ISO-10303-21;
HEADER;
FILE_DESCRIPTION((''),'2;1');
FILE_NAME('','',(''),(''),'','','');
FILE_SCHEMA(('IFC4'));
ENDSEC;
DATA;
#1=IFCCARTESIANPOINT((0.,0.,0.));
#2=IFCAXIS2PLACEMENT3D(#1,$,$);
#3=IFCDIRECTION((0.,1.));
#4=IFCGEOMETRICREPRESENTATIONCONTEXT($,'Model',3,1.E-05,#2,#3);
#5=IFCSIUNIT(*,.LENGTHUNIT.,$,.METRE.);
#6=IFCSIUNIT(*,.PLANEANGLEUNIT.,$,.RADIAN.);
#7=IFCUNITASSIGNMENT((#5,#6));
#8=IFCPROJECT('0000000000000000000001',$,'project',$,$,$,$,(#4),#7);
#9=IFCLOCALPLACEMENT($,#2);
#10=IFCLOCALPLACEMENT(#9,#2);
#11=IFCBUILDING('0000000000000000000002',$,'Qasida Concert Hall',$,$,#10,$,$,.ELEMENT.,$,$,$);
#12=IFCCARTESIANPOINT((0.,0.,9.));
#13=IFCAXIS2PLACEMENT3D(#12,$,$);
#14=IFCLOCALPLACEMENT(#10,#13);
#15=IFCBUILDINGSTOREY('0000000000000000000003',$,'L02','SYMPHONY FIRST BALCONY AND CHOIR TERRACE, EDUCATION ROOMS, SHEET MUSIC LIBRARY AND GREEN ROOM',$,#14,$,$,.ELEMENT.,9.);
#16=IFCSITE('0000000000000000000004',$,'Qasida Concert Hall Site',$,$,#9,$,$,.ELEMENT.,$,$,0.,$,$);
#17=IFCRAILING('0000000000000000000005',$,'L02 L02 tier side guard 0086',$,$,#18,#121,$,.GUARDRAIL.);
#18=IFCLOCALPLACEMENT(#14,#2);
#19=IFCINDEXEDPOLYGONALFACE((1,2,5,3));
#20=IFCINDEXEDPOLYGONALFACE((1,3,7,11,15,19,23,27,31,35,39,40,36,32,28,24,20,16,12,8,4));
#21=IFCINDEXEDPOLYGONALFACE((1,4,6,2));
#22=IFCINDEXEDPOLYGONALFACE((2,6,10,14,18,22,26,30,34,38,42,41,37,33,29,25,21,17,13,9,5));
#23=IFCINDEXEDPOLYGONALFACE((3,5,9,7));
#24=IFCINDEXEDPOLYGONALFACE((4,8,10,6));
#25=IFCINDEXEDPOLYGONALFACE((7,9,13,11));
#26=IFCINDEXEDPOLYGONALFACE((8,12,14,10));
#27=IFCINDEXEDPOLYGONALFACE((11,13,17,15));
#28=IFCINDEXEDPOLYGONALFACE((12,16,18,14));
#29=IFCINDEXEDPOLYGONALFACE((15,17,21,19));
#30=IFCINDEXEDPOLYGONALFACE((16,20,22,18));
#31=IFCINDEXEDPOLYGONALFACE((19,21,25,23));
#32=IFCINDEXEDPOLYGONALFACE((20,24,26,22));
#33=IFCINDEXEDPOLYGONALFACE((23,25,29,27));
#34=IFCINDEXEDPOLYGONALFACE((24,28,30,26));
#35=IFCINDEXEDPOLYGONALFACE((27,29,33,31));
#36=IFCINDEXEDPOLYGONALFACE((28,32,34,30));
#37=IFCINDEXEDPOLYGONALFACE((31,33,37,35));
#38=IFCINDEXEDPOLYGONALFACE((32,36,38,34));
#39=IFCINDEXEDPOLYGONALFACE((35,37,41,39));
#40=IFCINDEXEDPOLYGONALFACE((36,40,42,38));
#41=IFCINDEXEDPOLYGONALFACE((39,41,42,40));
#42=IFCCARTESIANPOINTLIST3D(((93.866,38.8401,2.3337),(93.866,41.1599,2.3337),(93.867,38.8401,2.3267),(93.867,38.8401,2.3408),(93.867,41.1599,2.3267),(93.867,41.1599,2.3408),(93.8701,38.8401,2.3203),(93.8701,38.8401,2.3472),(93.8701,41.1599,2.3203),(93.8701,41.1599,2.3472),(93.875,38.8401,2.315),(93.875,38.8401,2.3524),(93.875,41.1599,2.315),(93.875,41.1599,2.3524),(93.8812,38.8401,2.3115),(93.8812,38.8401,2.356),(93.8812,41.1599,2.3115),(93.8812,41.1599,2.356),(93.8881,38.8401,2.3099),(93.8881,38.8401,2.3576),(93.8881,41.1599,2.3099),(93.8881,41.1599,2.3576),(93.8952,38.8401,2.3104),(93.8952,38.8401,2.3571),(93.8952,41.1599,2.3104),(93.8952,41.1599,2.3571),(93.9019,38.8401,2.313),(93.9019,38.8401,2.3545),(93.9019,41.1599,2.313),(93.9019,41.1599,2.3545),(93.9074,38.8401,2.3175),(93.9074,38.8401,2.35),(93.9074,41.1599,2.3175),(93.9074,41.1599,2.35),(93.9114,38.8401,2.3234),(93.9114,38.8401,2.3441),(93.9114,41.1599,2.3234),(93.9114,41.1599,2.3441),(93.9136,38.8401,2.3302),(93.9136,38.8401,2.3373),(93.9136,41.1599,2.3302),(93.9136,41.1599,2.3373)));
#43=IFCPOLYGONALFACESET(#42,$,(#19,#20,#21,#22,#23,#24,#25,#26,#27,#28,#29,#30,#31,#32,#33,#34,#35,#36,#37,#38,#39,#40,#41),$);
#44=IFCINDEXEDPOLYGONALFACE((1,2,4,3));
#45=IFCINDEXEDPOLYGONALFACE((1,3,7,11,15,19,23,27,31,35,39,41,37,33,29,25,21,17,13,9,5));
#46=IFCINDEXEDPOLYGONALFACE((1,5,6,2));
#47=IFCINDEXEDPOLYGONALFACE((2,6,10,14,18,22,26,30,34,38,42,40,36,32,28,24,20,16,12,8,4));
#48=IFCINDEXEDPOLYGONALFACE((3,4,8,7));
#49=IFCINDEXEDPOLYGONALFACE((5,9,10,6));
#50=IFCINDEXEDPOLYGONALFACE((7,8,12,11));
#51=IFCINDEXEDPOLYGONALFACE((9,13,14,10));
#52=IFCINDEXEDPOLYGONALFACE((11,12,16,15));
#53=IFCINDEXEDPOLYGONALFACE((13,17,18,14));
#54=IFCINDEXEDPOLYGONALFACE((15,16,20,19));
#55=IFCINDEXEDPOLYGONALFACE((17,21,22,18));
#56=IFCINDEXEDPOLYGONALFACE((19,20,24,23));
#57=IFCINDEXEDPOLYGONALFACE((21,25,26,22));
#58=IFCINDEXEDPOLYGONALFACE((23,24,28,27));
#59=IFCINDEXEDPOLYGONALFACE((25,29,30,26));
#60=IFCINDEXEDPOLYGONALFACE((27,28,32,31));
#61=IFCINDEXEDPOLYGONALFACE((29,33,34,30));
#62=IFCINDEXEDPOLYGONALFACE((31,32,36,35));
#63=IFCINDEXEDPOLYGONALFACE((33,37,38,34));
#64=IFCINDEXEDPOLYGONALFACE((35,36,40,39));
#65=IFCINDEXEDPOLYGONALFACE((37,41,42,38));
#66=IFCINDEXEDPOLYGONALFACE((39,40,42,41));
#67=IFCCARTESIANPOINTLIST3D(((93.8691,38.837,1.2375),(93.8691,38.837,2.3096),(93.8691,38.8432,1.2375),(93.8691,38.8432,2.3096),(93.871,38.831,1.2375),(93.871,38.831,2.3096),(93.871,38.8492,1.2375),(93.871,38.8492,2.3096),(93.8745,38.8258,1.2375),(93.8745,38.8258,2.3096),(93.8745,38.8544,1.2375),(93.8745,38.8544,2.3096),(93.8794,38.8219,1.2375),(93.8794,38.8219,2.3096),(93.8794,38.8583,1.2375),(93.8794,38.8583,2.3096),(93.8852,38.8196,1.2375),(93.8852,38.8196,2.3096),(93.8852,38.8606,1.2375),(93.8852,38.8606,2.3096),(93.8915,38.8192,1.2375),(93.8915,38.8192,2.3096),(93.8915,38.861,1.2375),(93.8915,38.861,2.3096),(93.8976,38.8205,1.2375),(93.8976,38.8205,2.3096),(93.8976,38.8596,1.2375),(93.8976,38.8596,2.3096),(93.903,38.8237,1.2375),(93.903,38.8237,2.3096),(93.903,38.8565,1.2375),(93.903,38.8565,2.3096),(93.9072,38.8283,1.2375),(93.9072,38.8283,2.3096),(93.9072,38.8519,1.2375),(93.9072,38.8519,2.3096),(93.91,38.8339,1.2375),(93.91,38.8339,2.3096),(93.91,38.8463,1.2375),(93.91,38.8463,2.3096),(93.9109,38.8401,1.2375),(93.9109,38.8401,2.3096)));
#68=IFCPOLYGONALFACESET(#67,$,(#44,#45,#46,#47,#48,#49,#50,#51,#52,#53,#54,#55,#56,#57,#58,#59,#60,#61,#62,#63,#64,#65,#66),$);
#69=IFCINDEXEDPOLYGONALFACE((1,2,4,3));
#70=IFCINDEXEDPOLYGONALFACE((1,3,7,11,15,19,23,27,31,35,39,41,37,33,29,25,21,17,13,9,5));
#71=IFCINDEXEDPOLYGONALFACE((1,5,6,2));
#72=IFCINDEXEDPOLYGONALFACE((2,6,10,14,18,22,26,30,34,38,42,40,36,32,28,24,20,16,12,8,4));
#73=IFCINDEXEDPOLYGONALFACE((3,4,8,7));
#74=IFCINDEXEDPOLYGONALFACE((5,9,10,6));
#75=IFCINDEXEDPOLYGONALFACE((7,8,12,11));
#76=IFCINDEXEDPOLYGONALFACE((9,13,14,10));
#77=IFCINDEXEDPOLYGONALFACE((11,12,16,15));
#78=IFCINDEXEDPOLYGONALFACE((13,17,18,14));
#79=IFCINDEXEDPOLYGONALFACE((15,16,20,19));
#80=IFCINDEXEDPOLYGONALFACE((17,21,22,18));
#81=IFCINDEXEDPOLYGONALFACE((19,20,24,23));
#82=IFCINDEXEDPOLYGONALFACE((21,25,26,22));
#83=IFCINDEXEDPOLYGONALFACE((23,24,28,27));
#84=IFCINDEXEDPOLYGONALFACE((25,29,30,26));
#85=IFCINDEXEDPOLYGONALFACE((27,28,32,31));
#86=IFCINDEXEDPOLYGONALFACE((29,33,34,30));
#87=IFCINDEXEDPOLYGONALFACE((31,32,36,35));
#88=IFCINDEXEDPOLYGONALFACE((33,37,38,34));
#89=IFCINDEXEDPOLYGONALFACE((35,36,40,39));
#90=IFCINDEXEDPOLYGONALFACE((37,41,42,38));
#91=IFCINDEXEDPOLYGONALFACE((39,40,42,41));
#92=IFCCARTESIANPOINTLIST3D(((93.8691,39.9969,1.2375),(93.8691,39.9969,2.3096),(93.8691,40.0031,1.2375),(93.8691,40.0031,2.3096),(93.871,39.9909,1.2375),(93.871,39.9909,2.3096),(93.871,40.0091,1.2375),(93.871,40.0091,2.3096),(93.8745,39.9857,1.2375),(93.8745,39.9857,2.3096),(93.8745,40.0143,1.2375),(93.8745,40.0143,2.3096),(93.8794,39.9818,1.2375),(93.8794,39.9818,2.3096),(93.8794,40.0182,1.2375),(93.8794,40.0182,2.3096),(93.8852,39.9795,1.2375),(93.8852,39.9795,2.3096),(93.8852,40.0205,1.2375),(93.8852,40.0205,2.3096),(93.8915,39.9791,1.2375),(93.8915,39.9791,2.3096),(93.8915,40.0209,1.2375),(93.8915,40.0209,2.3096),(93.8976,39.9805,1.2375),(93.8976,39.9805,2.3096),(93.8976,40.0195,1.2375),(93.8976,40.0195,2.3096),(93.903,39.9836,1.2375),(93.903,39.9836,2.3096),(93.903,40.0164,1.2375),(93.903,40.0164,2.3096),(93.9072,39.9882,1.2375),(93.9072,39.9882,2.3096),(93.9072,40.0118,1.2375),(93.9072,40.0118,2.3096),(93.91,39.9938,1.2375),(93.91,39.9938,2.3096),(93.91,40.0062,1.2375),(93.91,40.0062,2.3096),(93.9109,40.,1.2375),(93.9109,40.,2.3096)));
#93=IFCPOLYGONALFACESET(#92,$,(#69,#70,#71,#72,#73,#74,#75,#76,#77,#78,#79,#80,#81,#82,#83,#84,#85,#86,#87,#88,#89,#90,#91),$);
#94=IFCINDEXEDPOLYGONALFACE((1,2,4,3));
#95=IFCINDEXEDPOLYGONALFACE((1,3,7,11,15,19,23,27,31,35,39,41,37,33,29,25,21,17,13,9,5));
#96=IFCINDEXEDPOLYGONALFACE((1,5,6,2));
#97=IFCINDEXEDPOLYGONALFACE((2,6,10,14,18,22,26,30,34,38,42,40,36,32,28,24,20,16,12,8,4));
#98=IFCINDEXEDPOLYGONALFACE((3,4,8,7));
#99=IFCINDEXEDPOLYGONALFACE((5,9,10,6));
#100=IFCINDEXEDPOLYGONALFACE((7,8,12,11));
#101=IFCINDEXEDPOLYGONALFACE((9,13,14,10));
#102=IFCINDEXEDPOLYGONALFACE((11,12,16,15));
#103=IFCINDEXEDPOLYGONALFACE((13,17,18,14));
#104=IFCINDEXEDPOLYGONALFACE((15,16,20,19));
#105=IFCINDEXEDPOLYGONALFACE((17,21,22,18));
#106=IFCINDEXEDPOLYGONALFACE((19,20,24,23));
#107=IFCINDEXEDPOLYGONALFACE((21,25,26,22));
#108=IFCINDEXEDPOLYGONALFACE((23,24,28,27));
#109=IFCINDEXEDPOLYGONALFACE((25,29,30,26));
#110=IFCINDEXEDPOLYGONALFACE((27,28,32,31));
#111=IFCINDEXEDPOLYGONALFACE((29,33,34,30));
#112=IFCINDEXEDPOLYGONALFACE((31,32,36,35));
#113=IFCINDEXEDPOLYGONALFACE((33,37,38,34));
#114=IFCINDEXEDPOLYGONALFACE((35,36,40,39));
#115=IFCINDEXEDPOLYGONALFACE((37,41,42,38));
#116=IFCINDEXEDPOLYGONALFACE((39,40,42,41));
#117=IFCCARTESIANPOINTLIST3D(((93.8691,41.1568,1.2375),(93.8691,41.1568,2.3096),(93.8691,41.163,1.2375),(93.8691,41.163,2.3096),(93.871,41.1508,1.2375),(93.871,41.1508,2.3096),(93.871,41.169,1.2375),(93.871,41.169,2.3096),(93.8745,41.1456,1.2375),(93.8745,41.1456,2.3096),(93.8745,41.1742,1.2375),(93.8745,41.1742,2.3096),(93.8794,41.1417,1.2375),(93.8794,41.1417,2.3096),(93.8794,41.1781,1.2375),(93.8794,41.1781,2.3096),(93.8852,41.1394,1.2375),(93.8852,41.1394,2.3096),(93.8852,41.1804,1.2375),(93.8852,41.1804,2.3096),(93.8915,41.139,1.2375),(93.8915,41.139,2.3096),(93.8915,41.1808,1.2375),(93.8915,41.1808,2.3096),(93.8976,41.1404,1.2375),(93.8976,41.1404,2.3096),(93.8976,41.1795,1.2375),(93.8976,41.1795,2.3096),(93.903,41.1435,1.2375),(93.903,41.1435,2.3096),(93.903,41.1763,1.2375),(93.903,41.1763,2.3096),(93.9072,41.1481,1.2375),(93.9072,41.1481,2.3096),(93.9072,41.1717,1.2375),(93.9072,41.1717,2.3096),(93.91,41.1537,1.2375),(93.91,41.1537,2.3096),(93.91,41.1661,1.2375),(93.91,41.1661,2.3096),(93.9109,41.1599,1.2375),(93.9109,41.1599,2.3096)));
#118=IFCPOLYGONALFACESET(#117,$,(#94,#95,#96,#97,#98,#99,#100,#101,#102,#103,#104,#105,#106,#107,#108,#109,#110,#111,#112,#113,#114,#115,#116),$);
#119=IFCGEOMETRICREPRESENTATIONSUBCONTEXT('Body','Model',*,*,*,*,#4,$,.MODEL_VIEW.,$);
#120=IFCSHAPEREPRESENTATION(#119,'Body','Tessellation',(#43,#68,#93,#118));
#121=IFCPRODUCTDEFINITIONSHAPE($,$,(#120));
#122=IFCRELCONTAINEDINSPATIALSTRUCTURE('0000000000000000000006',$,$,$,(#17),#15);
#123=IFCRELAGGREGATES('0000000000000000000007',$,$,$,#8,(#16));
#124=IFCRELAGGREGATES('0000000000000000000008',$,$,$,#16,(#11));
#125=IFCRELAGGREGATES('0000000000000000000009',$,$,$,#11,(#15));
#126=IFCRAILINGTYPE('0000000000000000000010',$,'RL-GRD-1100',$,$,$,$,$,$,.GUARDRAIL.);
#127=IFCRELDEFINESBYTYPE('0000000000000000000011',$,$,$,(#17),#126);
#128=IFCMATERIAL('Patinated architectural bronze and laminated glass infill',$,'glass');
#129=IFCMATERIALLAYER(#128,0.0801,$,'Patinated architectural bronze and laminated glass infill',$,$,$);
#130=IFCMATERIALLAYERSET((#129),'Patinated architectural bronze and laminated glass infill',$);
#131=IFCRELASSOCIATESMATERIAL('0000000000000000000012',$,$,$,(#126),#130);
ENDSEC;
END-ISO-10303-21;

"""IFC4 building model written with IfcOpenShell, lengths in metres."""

from ifc_helpers import new_model, si_unit, direction, frame, origin, origin_2d, place, context, subcontext, project, spatial, circle, extrude, material, layer, layer_set, type_object, element, save


model = new_model("IFC4")

# Units and contexts
model_context = context("Model", 3, precision=1e-05, world=origin(), true_north=direction((0.0, 1.0)))
body_context = subcontext(model_context, "Body", "Model", "MODEL_VIEW")
ifc_project = project(units=[si_unit("LENGTHUNIT", "METRE"), si_unit("PLANEANGLEUNIT", "RADIAN")], contexts=[model_context])

# Site, building, storey
site_placement = place(None, origin())
site = spatial("IfcSite", under=ifc_project, at=site_placement, Name="Qasida Concert Hall Site", CompositionType="ELEMENT", RefElevation=0.0)
building_placement = place(site_placement, origin())
building = spatial("IfcBuilding", under=site, at=building_placement, Name="Qasida Concert Hall", CompositionType="ELEMENT")
storey_placement = place(building_placement, frame((0.0, 0.0, 9.0)))
storey = spatial("IfcBuildingStorey", under=building, at=storey_placement, Name="L02", Description="SYMPHONY FIRST BALCONY AND CHOIR TERRACE, EDUCATION ROOMS, SHEET MUSIC LIBRARY AND GREEN ROOM", CompositionType="ELEMENT", Elevation=9.0)

# Railing
ifc_material_1 = material(Name="Patinated architectural bronze and laminated glass infill", Category="glass")
ifc_layer_1 = layer(ifc_material_1, 0.0801, Name="Patinated architectural bronze and laminated glass infill")
ifc_layer_set_1 = layer_set([ifc_layer_1], Name="Patinated architectural bronze and laminated glass infill")
railing_type_1 = type_object("IfcRailingType", Name="RL-GRD-1100", PredefinedType="GUARDRAIL", material=ifc_layer_set_1)
railing_1_placement = place(storey_placement, frame((93.8899, 38.8401, 1.2375)))
element("IfcRailing", 1, at=railing_1_placement, inside=storey, type_object=railing_type_1, Name="L02 L02 tier side guard 0086", PredefinedType="GUARDRAIL", context=body_context, shape_type="SweptSolid", body=[
    extrude(circle(Radius=0.0239, at=origin_2d()), frame((0.0, 0.0, 1.0962), z_axis=(0.0, 1.0, 0.0), x_axis=(-1.0, 0.0, 0.0)), (0.0, 0.0, 1.0), 2.3198),
    extrude(circle(Radius=0.021, at=origin_2d()), origin(), (0.0, 0.0, 1.0), 1.072),
    extrude(circle(Radius=0.021, at=origin_2d()), frame((0.0, 1.1599, 0.0)), (0.0, 0.0, 1.0), 1.072),
    extrude(circle(Radius=0.021, at=origin_2d()), frame((0.0, 2.3198, 0.0)), (0.0, 0.0, 1.0), 1.072),
])

save(model, "model.ifc")
